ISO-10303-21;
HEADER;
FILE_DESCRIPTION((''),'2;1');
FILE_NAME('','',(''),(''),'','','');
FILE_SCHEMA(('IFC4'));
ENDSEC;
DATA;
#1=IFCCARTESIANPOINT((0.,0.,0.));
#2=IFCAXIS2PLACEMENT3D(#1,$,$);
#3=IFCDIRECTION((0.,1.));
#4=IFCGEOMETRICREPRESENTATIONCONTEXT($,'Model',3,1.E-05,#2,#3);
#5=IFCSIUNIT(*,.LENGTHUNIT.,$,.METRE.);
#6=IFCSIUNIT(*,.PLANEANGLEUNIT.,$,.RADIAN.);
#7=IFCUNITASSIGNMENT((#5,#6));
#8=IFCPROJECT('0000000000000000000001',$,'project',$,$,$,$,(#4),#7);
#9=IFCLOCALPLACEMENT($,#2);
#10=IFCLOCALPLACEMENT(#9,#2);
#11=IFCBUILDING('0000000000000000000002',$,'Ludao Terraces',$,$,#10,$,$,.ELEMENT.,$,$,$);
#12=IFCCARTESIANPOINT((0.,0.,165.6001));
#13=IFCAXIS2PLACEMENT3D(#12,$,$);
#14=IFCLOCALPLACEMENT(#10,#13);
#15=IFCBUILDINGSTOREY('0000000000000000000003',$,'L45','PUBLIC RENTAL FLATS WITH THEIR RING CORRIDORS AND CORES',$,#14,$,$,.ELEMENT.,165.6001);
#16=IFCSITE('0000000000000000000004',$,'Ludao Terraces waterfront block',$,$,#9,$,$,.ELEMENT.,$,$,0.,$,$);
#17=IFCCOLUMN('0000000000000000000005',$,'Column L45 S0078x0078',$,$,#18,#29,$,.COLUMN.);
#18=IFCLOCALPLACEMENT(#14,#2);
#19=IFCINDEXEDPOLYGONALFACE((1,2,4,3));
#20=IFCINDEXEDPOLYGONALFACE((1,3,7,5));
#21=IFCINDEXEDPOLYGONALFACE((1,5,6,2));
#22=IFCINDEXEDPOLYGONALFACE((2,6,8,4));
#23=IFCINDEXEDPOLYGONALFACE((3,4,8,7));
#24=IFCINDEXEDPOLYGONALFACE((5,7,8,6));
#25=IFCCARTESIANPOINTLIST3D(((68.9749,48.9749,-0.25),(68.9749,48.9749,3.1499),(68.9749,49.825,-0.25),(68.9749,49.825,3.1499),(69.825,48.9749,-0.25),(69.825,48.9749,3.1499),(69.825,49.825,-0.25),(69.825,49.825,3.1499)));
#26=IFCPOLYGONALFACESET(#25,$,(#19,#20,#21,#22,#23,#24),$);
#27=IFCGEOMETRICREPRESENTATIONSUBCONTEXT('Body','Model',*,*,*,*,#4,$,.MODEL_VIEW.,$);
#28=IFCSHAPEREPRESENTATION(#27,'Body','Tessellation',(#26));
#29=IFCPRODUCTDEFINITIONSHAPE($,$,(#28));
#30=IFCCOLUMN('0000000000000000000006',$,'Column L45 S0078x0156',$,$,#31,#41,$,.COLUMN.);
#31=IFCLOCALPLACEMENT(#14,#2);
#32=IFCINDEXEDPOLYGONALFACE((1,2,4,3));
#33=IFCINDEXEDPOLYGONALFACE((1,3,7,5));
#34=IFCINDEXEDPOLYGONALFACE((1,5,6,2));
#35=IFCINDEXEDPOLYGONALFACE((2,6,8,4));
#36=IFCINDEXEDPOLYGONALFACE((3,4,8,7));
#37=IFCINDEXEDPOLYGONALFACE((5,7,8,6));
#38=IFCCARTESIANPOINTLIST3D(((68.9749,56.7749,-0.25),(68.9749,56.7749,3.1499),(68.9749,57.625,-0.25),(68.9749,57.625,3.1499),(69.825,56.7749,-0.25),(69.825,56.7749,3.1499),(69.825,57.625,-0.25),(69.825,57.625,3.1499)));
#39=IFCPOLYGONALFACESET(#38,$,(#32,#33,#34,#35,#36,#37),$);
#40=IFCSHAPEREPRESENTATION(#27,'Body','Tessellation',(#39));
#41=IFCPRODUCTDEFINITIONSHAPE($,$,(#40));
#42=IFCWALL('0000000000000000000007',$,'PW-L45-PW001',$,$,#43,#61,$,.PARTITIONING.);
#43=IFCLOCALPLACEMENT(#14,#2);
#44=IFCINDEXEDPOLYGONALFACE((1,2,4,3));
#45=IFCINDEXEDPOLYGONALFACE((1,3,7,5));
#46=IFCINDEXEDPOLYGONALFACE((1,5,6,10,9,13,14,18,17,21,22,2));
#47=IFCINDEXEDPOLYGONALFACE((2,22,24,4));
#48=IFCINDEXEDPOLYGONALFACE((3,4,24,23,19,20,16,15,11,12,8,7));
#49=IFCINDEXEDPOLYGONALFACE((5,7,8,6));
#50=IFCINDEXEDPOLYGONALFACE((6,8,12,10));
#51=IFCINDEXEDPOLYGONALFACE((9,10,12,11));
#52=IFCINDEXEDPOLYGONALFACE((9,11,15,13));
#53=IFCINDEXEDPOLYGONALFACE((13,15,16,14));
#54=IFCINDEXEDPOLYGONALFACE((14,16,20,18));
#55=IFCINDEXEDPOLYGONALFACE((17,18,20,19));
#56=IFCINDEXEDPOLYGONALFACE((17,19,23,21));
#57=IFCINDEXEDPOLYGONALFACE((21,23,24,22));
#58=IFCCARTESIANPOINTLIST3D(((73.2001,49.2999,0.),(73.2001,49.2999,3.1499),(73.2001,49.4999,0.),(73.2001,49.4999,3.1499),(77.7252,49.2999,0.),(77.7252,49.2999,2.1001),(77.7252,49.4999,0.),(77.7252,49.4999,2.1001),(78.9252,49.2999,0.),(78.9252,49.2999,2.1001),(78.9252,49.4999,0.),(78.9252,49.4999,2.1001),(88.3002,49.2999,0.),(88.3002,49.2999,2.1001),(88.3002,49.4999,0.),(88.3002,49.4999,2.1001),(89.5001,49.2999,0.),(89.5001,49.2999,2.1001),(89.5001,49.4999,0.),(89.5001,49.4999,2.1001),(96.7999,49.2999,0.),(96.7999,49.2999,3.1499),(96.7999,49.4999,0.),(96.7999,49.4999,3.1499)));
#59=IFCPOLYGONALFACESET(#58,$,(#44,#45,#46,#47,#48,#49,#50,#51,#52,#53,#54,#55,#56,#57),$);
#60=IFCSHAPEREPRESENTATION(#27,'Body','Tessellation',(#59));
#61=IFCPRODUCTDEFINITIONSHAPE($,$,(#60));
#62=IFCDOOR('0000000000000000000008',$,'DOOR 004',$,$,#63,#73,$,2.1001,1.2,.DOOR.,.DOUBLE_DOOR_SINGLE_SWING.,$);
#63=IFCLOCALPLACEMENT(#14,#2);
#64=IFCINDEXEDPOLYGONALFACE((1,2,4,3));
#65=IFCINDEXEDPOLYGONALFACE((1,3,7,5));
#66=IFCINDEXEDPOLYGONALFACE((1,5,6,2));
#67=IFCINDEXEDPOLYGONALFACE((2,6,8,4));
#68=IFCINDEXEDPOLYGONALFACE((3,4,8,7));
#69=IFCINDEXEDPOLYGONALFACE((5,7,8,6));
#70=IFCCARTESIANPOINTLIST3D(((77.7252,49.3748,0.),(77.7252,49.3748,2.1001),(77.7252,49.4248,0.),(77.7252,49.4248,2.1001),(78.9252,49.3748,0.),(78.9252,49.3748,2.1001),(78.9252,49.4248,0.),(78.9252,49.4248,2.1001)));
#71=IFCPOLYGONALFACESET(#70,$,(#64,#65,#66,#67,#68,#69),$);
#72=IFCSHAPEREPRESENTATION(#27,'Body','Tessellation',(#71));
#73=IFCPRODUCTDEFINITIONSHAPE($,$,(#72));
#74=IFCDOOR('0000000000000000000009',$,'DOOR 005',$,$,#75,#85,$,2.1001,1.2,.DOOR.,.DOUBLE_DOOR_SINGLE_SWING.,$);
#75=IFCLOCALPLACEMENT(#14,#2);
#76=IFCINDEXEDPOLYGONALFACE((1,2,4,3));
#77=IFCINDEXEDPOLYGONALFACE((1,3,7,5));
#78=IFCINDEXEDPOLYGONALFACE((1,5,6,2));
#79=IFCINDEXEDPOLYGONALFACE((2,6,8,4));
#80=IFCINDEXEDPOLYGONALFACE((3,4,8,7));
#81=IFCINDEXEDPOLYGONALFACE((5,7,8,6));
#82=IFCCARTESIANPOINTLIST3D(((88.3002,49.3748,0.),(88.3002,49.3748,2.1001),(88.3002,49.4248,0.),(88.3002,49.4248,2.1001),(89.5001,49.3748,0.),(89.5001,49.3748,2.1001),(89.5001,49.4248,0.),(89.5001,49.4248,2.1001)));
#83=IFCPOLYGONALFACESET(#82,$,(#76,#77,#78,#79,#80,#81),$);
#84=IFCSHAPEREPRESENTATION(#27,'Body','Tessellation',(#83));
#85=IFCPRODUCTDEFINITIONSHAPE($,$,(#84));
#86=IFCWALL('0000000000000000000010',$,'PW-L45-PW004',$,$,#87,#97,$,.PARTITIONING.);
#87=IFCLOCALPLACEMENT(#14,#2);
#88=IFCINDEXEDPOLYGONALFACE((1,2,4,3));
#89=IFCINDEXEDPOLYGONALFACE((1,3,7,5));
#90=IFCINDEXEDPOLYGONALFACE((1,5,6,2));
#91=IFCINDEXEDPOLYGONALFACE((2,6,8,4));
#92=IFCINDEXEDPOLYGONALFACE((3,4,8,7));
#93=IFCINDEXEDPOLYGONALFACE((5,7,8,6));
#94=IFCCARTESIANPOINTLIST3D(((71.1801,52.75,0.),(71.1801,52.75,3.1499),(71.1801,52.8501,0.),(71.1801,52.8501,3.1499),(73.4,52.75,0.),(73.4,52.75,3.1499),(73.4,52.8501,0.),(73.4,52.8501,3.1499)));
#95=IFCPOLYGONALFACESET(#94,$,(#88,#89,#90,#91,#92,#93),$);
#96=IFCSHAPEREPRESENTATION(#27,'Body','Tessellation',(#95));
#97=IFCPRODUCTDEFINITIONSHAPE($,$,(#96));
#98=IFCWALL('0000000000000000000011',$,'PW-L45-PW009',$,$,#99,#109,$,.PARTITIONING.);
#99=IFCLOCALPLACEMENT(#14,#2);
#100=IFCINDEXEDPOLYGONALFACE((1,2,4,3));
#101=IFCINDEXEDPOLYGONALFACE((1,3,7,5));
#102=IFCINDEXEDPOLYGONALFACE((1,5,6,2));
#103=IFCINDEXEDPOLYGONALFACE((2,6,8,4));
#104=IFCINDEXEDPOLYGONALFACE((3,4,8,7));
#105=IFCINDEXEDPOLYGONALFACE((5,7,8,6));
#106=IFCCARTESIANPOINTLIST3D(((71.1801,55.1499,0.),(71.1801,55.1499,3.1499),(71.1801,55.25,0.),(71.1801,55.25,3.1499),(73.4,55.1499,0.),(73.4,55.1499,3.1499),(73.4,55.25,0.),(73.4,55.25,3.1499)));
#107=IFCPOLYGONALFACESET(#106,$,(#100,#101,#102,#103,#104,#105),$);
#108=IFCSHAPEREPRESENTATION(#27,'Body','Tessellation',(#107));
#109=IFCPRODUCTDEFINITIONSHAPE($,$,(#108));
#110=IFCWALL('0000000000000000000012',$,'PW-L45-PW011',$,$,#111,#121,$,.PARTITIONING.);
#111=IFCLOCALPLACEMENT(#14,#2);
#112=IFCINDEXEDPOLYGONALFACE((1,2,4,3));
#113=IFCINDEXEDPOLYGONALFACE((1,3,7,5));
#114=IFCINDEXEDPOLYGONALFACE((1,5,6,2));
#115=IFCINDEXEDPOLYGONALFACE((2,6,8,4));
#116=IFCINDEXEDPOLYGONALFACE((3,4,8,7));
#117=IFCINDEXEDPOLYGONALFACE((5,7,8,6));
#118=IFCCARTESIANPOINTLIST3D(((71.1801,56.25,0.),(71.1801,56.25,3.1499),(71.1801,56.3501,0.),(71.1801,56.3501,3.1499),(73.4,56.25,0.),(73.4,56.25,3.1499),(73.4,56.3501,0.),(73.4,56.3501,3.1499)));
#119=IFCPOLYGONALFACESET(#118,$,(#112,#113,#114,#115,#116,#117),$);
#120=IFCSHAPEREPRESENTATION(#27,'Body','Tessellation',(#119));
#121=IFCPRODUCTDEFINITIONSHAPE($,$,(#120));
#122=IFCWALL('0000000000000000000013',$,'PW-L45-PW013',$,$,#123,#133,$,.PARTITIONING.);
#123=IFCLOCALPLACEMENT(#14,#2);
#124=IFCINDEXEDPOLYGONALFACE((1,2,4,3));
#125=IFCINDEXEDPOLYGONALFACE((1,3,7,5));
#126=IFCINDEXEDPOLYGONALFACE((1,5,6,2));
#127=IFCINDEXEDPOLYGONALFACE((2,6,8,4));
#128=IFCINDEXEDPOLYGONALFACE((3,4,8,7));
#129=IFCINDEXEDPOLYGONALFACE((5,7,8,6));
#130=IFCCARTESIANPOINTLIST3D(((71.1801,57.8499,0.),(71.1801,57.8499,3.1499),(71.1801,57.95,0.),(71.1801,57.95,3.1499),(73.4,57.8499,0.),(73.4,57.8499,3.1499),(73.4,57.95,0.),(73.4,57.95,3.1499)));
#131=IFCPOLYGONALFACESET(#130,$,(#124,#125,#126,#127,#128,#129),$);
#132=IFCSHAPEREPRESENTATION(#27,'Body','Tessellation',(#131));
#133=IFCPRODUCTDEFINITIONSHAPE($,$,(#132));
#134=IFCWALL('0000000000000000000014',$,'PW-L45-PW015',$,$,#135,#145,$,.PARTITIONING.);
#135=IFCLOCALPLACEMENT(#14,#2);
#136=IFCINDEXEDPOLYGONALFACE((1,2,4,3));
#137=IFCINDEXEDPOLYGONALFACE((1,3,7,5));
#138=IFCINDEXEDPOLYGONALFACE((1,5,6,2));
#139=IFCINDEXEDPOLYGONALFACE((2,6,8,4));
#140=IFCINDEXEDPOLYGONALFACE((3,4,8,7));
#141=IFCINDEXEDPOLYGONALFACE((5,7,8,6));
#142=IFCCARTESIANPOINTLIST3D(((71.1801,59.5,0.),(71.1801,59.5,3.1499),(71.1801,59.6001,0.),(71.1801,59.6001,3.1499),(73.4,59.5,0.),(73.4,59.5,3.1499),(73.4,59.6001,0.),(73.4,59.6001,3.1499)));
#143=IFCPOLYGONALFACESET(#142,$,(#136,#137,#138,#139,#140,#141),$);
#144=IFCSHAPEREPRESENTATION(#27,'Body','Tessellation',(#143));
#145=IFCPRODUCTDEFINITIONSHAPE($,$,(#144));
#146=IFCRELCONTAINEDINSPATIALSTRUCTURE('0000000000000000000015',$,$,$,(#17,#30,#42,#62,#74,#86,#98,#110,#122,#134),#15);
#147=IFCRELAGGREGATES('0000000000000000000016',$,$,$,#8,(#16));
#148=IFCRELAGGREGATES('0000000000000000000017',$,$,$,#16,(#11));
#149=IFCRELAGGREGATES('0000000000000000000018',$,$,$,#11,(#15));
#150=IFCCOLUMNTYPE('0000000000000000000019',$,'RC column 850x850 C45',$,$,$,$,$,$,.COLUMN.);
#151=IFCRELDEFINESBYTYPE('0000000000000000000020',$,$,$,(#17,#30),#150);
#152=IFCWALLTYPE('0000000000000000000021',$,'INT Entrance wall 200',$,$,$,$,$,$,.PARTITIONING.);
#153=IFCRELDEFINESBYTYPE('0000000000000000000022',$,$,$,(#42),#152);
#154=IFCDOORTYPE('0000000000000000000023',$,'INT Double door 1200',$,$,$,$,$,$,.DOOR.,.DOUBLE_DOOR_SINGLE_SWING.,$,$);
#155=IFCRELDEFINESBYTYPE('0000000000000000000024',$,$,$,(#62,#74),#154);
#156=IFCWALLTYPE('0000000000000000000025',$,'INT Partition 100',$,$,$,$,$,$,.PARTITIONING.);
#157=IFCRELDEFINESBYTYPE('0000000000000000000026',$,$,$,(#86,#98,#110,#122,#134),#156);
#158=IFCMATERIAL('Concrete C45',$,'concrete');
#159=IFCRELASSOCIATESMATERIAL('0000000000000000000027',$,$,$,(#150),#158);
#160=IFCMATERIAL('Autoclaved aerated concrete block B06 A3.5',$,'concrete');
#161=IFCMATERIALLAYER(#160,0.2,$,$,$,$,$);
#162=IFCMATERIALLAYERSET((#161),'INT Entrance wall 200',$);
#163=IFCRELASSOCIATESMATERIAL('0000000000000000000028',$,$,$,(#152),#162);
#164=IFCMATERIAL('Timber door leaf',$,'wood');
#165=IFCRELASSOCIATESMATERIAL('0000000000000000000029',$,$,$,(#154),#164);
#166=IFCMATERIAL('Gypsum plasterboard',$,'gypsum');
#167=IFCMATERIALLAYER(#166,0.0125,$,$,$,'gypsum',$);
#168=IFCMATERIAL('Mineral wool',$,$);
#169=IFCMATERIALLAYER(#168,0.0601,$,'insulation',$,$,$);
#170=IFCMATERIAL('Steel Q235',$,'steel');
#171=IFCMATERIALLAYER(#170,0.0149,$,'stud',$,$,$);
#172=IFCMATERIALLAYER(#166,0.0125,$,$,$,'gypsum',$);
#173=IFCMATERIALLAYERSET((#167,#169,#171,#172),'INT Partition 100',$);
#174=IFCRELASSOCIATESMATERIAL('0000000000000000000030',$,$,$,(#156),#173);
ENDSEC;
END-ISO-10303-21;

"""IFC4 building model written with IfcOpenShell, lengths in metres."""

from ifc_helpers import new_model, si_unit, direction, frame, frame_2d, origin, origin_2d, place, context, subcontext, project, spatial, rectangle, extrude, material, layer, layer_set, material_profile, profile_set, type_object, element, fill, save


model = new_model("IFC4")

# Units and contexts
model_context = context("Model", 3, precision=1e-05, world=origin(), true_north=direction((0.0, 1.0)))
body_context = subcontext(model_context, "Body", "Model", "MODEL_VIEW")
ifc_project = project(units=[si_unit("LENGTHUNIT", "METRE"), si_unit("PLANEANGLEUNIT", "RADIAN")], contexts=[model_context])

# Site, building, storey
site_placement = place(None, origin())
site = spatial("IfcSite", under=ifc_project, at=site_placement, Name="Ludao Terraces waterfront block", CompositionType="ELEMENT", RefElevation=0.0)
building_placement = place(site_placement, origin())
building = spatial("IfcBuilding", under=site, at=building_placement, Name="Ludao Terraces", CompositionType="ELEMENT")
storey_placement = place(building_placement, frame((0.0, 0.0, 165.6001)))
storey = spatial("IfcBuildingStorey", under=building, at=storey_placement, Name="L45", Description="PUBLIC RENTAL FLATS WITH THEIR RING CORRIDORS AND CORES", CompositionType="ELEMENT", Elevation=165.6001)

# Columns
ifc_material_1 = material(Name="Concrete C45", Category="concrete")
ifc_material_profile = material_profile(ifc_material_1, rectangle(XDim=0.8501, YDim=0.8501, at=origin_2d()), Name="850 X 850")
ifc_profile_set = profile_set([ifc_material_profile], Name="Concrete C45")
column_type = type_object("IfcColumnType", Name="RC column 850x850 C45", PredefinedType="COLUMN", material=ifc_profile_set)
for number, where, z_axis, x_axis, name in (
    (1, (69.3999, 49.3999, -0.25), (0.0, 0.0, 1.0), (1.0, 0.0, 0.0), "Column L45 S0078x0078"),
    (2, (69.3999, 57.2, -0.25), (0.0, 0.0, 1.0), (1.0, 0.0, 0.0), "Column L45 S0078x0156"),
):
    element("IfcColumn", number, at=place(storey_placement, frame(where, z_axis=z_axis, x_axis=x_axis)), inside=storey, type_object=column_type, Name=name, PredefinedType="COLUMN", context=body_context, shape_type="SweptSolid", body=[
        extrude(rectangle(XDim=0.8501, YDim=0.8501, at=origin_2d()), origin(), (0.0, 0.0, 1.0), 3.3999),
    ])

# Wall, openings, doors
ifc_material_2 = material(Name="Autoclaved aerated concrete block B06 A3.5", Category="concrete")
ifc_layer_1 = layer(ifc_material_2, 0.2)
ifc_layer_set_1 = layer_set([ifc_layer_1], Name="INT Entrance wall 200")
wall_type_1 = type_object("IfcWallType", Name="INT Entrance wall 200", PredefinedType="PARTITIONING", material=ifc_layer_set_1)
wall_1_placement = place(storey_placement, frame((73.2002, 49.3999, 0.0), z_axis=(0.0, 0.0, 1.0), x_axis=(1.0, 0.0, 0.0)))
wall_1 = element("IfcWall", 3, at=wall_1_placement, inside=storey, type_object=wall_type_1, Name="PW-L45-PW001", PredefinedType="PARTITIONING", context=body_context, shape_type="SweptSolid", body=[
    extrude(rectangle(XDim=23.5999, YDim=0.2, at=frame_2d((11.7998, 0.0))), origin(), (0.0, 0.0, 1.0), 3.1499),
])
opening_1_placement = place(wall_1_placement, frame((4.5249, 0.0, 0.0)))
opening_1 = element("IfcOpeningElement", 4, at=opening_1_placement, cuts=wall_1, PredefinedType="OPENING", context=body_context, shape_type="SweptSolid", body=[
    extrude(rectangle(XDim=1.2, YDim=2.1001, at=frame_2d((0.6001, 1.05))), frame((0.0, 0.1099, 0.0), z_axis=(0.0, -1.0, 0.0), x_axis=(1.0, 0.0, 0.0)), (0.0, 0.0, 1.0), 0.22),
])
opening_2_placement = place(wall_1_placement, frame((15.0999, 0.0, 0.0)))
opening_2 = element("IfcOpeningElement", 5, at=opening_2_placement, cuts=wall_1, PredefinedType="OPENING", context=body_context, shape_type="SweptSolid", body=[
    extrude(rectangle(XDim=1.2, YDim=2.1001, at=frame_2d((0.6001, 1.05))), frame((0.0, 0.1099, 0.0), z_axis=(0.0, -1.0, 0.0), x_axis=(1.0, 0.0, 0.0)), (0.0, 0.0, 1.0), 0.22),
])
ifc_material_3 = material(Name="Timber door leaf", Category="wood")
door_type_1 = type_object("IfcDoorType", Name="INT Double door 1200", OperationType="DOUBLE_DOOR_SINGLE_SWING", PredefinedType="DOOR", material=ifc_material_3)
door_1_placement = place(opening_1_placement, origin())
door_1 = element("IfcDoor", 6, at=door_1_placement, inside=storey, type_object=door_type_1, Name="DOOR 004", OperationType="DOUBLE_DOOR_SINGLE_SWING", OverallHeight=2.1001, OverallWidth=1.2, PredefinedType="DOOR", context=body_context, shape_type="SweptSolid", body=[
    extrude(rectangle(XDim=1.2, YDim=2.1001, at=frame_2d((0.6001, 1.05))), frame((0.0, 0.0249, 0.0), z_axis=(0.0, -1.0, 0.0), x_axis=(1.0, 0.0, 0.0)), (0.0, 0.0, 1.0), 0.05),
])
fill(opening_1, door_1)
door_2_placement = place(opening_2_placement, origin())
door_2 = element("IfcDoor", 7, at=door_2_placement, inside=storey, type_object=door_type_1, Name="DOOR 005", OperationType="DOUBLE_DOOR_SINGLE_SWING", OverallHeight=2.1001, OverallWidth=1.2, PredefinedType="DOOR", context=body_context, shape_type="SweptSolid", body=[
    extrude(rectangle(XDim=1.2, YDim=2.1001, at=frame_2d((0.6001, 1.05))), frame((0.0, 0.0249, 0.0), z_axis=(0.0, -1.0, 0.0), x_axis=(1.0, 0.0, 0.0)), (0.0, 0.0, 1.0), 0.05),
])
fill(opening_2, door_2)

# Walls
ifc_material_4 = material(Name="Gypsum plasterboard", Category="gypsum")
ifc_layer_2 = layer(ifc_material_4, 0.0125, Category="gypsum")
ifc_material_5 = material(Name="Mineral wool")
ifc_layer_3 = layer(ifc_material_5, 0.0601, Name="insulation")
ifc_material_6 = material(Name="Steel Q235", Category="steel")
ifc_layer_4 = layer(ifc_material_6, 0.0149, Name="stud")
ifc_layer_5 = layer(ifc_material_4, 0.0125, Category="gypsum")
ifc_layer_set_2 = layer_set([ifc_layer_2, ifc_layer_3, ifc_layer_4, ifc_layer_5], Name="INT Partition 100")
wall_type_2 = type_object("IfcWallType", Name="INT Partition 100", PredefinedType="PARTITIONING", material=ifc_layer_set_2)
for number, where, z_axis, x_axis, name in (
    (8, (71.1802, 52.8, 0.0), (0.0, 0.0, 1.0), (1.0, 0.0, 0.0), "PW-L45-PW004"),
    (9, (71.1802, 55.2, 0.0), (0.0, 0.0, 1.0), (1.0, 0.0, 0.0), "PW-L45-PW009"),
    (10, (71.1802, 56.3, 0.0), (0.0, 0.0, 1.0), (1.0, 0.0, 0.0), "PW-L45-PW011"),
    (11, (71.1802, 57.8999, 0.0), (0.0, 0.0, 1.0), (1.0, 0.0, 0.0), "PW-L45-PW013"),
    (12, (71.1802, 59.55, 0.0), (0.0, 0.0, 1.0), (1.0, 0.0, 0.0), "PW-L45-PW015"),
):
    element("IfcWall", number, at=place(storey_placement, frame(where, z_axis=z_axis, x_axis=x_axis)), inside=storey, type_object=wall_type_2, Name=name, PredefinedType="PARTITIONING", context=body_context, shape_type="SweptSolid", body=[
        extrude(rectangle(XDim=2.22, YDim=0.1001, at=frame_2d((1.1099, 0.0))), origin(), (0.0, 0.0, 1.0), 3.1499),
    ])

save(model, "model.ifc")
